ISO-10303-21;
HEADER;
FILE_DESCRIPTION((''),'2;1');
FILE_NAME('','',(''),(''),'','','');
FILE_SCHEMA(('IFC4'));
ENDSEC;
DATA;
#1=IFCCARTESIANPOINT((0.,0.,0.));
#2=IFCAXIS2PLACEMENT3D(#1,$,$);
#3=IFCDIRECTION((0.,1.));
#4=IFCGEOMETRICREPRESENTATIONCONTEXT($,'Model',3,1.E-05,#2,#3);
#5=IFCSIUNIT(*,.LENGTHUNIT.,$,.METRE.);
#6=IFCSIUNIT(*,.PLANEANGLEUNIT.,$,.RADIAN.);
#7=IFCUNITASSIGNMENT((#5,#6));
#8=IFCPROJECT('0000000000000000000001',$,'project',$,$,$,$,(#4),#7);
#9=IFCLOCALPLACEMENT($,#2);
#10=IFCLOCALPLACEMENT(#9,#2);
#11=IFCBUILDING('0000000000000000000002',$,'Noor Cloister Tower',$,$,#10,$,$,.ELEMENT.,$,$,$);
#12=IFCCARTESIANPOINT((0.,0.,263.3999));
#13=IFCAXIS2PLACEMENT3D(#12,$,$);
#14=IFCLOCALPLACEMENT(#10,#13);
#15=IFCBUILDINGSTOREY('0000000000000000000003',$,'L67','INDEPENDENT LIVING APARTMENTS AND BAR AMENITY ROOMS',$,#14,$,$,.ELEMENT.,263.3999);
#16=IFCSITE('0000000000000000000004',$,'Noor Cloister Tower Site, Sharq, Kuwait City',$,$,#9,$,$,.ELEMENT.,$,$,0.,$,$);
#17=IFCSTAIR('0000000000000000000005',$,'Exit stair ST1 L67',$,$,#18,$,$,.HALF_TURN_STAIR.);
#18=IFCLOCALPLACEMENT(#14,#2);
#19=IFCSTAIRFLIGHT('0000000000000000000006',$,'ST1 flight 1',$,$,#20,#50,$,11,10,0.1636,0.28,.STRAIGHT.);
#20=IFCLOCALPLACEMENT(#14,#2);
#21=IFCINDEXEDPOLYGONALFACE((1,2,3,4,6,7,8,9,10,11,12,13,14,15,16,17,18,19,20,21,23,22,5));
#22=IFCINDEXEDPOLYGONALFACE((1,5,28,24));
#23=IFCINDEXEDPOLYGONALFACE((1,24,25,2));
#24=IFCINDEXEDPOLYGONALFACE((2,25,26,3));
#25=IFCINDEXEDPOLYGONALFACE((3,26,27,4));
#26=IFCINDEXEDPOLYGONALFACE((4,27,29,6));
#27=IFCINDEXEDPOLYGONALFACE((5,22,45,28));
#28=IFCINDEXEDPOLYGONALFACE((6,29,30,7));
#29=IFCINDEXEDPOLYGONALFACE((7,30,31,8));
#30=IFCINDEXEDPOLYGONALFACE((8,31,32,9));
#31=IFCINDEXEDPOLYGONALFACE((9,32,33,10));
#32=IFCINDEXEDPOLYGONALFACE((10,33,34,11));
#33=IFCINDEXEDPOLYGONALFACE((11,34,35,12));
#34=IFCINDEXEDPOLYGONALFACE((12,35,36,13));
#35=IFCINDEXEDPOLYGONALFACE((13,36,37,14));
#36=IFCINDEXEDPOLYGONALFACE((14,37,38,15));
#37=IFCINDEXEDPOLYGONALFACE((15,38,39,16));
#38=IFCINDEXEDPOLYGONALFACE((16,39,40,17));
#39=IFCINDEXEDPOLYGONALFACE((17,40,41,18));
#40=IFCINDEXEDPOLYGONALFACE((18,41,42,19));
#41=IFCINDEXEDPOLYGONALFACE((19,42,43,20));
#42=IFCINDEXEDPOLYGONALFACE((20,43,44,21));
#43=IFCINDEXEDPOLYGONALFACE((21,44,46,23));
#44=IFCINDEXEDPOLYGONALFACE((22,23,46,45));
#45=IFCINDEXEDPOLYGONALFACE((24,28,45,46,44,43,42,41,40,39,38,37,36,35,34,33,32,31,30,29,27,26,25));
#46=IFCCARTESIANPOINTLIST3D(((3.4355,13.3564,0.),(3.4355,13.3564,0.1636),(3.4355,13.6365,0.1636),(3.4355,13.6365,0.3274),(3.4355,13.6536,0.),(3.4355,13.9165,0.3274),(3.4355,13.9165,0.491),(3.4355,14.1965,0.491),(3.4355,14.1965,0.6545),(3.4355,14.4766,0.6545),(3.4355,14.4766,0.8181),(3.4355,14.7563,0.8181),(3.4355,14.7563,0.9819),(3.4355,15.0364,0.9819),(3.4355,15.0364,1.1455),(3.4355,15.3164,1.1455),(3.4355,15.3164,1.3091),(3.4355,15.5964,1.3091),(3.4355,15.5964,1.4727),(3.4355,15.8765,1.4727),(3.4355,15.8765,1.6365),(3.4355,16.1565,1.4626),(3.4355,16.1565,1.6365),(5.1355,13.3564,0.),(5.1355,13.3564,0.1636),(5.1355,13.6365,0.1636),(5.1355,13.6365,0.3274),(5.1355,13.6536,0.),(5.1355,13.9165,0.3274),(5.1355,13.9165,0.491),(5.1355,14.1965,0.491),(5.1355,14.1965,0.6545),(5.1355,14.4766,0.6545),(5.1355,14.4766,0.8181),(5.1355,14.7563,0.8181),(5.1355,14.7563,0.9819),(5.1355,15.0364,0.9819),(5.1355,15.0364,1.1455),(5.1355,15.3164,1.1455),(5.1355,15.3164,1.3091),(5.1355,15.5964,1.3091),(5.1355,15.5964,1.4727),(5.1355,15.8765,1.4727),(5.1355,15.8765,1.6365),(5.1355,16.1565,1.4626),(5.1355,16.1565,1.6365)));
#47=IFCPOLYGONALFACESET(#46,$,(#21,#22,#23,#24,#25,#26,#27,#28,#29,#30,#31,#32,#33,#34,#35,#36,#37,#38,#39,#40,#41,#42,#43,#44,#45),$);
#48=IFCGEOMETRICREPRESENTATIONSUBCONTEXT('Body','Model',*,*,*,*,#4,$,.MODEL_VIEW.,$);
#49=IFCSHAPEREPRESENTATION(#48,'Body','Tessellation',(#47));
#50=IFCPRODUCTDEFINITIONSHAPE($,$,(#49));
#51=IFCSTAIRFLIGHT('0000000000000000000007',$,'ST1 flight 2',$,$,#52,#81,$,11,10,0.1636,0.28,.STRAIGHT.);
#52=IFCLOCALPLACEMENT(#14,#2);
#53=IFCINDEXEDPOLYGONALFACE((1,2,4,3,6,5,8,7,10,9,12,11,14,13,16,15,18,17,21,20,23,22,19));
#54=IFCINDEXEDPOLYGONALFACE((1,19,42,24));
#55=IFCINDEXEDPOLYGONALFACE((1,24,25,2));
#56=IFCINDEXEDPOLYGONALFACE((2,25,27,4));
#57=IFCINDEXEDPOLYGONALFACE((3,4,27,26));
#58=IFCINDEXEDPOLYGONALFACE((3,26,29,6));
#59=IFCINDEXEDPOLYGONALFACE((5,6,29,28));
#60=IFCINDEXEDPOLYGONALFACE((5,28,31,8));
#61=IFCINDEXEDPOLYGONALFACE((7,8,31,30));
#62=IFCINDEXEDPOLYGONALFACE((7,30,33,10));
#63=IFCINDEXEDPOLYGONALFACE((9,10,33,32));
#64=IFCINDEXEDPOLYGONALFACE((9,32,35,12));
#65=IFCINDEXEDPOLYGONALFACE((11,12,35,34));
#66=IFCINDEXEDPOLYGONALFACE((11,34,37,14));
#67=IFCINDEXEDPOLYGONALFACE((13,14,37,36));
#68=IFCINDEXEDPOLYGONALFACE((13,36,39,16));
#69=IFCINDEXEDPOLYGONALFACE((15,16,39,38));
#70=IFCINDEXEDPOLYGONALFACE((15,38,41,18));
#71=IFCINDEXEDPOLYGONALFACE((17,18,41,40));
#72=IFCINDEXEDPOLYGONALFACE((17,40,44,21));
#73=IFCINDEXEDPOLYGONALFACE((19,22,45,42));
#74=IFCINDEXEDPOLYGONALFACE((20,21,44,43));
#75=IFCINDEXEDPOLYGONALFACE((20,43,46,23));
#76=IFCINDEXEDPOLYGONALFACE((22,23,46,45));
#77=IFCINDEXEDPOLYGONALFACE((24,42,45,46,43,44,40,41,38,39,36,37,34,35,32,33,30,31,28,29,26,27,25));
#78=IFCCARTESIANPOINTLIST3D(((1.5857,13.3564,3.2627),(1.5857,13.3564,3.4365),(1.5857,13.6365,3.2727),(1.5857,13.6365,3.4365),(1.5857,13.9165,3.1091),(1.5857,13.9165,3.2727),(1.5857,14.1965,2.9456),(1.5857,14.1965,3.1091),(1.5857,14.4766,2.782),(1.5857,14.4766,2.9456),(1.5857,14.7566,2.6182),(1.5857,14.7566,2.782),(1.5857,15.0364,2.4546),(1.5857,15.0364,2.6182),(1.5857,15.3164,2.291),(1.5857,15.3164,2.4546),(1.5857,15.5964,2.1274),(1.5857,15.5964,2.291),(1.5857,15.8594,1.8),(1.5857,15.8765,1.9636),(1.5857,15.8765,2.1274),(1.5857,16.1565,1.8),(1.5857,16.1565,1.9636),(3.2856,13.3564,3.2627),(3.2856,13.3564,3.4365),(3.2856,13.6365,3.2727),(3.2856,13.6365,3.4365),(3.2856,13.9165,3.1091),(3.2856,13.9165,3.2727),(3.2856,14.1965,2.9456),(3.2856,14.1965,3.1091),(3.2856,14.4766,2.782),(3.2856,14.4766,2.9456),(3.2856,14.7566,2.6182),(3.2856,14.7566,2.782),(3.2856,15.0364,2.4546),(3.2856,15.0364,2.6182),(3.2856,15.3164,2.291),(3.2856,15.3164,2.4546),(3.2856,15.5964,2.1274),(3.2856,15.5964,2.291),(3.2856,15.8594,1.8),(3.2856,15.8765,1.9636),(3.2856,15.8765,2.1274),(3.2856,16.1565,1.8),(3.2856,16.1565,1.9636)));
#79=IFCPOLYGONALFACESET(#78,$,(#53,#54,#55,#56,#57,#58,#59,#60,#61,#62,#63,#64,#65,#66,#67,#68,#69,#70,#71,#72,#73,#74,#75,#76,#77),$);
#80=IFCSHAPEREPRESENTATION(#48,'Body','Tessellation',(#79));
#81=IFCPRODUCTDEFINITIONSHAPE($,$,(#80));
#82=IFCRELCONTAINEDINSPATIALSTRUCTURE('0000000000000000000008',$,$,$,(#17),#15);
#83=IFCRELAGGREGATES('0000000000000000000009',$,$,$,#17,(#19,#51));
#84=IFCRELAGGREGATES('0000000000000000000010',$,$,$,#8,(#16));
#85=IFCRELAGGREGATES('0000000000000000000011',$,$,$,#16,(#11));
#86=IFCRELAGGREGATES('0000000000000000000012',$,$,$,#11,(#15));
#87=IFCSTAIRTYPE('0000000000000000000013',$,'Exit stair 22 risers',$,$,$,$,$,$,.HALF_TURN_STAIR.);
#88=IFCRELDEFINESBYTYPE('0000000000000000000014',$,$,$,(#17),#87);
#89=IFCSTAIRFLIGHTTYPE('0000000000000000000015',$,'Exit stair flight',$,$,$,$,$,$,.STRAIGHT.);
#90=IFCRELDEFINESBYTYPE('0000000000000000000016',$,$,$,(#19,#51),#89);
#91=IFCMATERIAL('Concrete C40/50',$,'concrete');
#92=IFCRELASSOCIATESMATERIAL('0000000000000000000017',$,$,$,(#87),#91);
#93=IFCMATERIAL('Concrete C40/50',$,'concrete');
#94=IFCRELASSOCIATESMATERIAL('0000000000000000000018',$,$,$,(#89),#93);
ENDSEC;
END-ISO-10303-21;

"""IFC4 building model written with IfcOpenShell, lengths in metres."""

from ifc_helpers import new_model, si_unit, direction, frame, origin, place, context, subcontext, project, spatial, polyline, outline, extrude, material, type_object, element, aggregate, save


model = new_model("IFC4")

# Units and contexts
model_context = context("Model", 3, precision=1e-05, world=origin(), true_north=direction((0.0, 1.0)))
body_context = subcontext(model_context, "Body", "Model", "MODEL_VIEW")
ifc_project = project(units=[si_unit("LENGTHUNIT", "METRE"), si_unit("PLANEANGLEUNIT", "RADIAN")], contexts=[model_context])

# Site, building, storey
site_placement = place(None, origin())
site = spatial("IfcSite", under=ifc_project, at=site_placement, Name="Noor Cloister Tower Site, Sharq, Kuwait City", CompositionType="ELEMENT", RefElevation=0.0)
building_placement = place(site_placement, origin())
building = spatial("IfcBuilding", under=site, at=building_placement, Name="Noor Cloister Tower", CompositionType="ELEMENT")
storey_placement = place(building_placement, frame((0.0, 0.0, 263.3999)))
storey = spatial("IfcBuildingStorey", under=building, at=storey_placement, Name="L67", Description="INDEPENDENT LIVING APARTMENTS AND BAR AMENITY ROOMS", CompositionType="ELEMENT", Elevation=263.3999)

# Stair, stair flights
ifc_material_1 = material(Name="Concrete C40/50", Category="concrete")
stair_type = type_object("IfcStairType", Name="Exit stair 22 risers", PredefinedType="HALF_TURN_STAIR", material=ifc_material_1)
stair_placement = place(storey_placement, origin())
stair = element("IfcStair", 1, at=stair_placement, inside=storey, type_object=stair_type, Name="Exit stair ST1 L67", PredefinedType="HALF_TURN_STAIR")
ifc_material_2 = material(Name="Concrete C40/50", Category="concrete")
stair_flight_type = type_object("IfcStairFlightType", Name="Exit stair flight", PredefinedType="STRAIGHT", material=ifc_material_2)
stair_flight_1_placement = place(storey_placement, frame((4.2856, 13.3564, 0.0), z_axis=(0.0, 0.0, 1.0), x_axis=(0.0, 1.0, 0.0)))
stair_flight_1 = element("IfcStairFlight", 2, at=stair_flight_1_placement, type_object=stair_flight_type, Name="ST1 flight 1", NumberOfRisers=11, NumberOfTreads=10, PredefinedType="STRAIGHT", RiserHeight=0.1636, TreadLength=0.28, context=body_context, shape_type="SweptSolid", body=[
    extrude(outline(polyline([(0.0, 0.0), (0.0, 0.1636), (0.28, 0.1636), (0.28, 0.3274), (0.5601, 0.3274), (0.5601, 0.491), (0.8401, 0.491), (0.8401, 0.6545), (1.1201, 0.6545), (1.1201, 0.8181), (1.3999, 0.8181), (1.3999, 0.9819), (1.6799, 0.9819), (1.6799, 1.1455), (1.96, 1.1455), (1.96, 1.3091), (2.24, 1.3091), (2.24, 1.4727), (2.52, 1.4727), (2.52, 1.6365), (2.8, 1.6365), (2.8, 1.8), (2.8, 1.4626), (0.2971, 0.0), (0.0, 0.0)])), frame((0.0, 0.8501, 0.0), z_axis=(0.0, -1.0, 0.0), x_axis=(1.0, 0.0, 0.0)), (0.0, 0.0, 1.0), 1.7),
])
stair_flight_2_placement = place(storey_placement, frame((2.4355, 16.1565, 1.8), z_axis=(0.0, 0.0, 1.0), x_axis=(0.0, -1.0, 0.0)))
stair_flight_2 = element("IfcStairFlight", 3, at=stair_flight_2_placement, type_object=stair_flight_type, Name="ST1 flight 2", NumberOfRisers=11, NumberOfTreads=10, PredefinedType="STRAIGHT", RiserHeight=0.1636, TreadLength=0.28, context=body_context, shape_type="SweptSolid", body=[
    extrude(outline(polyline([(0.0, 0.0), (0.0, 0.1636), (0.28, 0.1636), (0.28, 0.3274), (0.5601, 0.3274), (0.5601, 0.491), (0.8401, 0.491), (0.8401, 0.6545), (1.1201, 0.6545), (1.1201, 0.8181), (1.3999, 0.8181), (1.3999, 0.9819), (1.6799, 0.9819), (1.6799, 1.1455), (1.96, 1.1455), (1.96, 1.3091), (2.24, 1.3091), (2.24, 1.4727), (2.52, 1.4727), (2.52, 1.6365), (2.8, 1.6365), (2.8, 1.8), (2.8, 1.4626), (0.2971, 0.0), (0.0, 0.0)])), frame((0.0, 0.8501, 0.0), z_axis=(0.0, -1.0, 0.0), x_axis=(1.0, 0.0, 0.0)), (0.0, 0.0, 1.0), 1.7),
])
aggregate(stair, [stair_flight_1, stair_flight_2])

save(model, "model.ifc")
